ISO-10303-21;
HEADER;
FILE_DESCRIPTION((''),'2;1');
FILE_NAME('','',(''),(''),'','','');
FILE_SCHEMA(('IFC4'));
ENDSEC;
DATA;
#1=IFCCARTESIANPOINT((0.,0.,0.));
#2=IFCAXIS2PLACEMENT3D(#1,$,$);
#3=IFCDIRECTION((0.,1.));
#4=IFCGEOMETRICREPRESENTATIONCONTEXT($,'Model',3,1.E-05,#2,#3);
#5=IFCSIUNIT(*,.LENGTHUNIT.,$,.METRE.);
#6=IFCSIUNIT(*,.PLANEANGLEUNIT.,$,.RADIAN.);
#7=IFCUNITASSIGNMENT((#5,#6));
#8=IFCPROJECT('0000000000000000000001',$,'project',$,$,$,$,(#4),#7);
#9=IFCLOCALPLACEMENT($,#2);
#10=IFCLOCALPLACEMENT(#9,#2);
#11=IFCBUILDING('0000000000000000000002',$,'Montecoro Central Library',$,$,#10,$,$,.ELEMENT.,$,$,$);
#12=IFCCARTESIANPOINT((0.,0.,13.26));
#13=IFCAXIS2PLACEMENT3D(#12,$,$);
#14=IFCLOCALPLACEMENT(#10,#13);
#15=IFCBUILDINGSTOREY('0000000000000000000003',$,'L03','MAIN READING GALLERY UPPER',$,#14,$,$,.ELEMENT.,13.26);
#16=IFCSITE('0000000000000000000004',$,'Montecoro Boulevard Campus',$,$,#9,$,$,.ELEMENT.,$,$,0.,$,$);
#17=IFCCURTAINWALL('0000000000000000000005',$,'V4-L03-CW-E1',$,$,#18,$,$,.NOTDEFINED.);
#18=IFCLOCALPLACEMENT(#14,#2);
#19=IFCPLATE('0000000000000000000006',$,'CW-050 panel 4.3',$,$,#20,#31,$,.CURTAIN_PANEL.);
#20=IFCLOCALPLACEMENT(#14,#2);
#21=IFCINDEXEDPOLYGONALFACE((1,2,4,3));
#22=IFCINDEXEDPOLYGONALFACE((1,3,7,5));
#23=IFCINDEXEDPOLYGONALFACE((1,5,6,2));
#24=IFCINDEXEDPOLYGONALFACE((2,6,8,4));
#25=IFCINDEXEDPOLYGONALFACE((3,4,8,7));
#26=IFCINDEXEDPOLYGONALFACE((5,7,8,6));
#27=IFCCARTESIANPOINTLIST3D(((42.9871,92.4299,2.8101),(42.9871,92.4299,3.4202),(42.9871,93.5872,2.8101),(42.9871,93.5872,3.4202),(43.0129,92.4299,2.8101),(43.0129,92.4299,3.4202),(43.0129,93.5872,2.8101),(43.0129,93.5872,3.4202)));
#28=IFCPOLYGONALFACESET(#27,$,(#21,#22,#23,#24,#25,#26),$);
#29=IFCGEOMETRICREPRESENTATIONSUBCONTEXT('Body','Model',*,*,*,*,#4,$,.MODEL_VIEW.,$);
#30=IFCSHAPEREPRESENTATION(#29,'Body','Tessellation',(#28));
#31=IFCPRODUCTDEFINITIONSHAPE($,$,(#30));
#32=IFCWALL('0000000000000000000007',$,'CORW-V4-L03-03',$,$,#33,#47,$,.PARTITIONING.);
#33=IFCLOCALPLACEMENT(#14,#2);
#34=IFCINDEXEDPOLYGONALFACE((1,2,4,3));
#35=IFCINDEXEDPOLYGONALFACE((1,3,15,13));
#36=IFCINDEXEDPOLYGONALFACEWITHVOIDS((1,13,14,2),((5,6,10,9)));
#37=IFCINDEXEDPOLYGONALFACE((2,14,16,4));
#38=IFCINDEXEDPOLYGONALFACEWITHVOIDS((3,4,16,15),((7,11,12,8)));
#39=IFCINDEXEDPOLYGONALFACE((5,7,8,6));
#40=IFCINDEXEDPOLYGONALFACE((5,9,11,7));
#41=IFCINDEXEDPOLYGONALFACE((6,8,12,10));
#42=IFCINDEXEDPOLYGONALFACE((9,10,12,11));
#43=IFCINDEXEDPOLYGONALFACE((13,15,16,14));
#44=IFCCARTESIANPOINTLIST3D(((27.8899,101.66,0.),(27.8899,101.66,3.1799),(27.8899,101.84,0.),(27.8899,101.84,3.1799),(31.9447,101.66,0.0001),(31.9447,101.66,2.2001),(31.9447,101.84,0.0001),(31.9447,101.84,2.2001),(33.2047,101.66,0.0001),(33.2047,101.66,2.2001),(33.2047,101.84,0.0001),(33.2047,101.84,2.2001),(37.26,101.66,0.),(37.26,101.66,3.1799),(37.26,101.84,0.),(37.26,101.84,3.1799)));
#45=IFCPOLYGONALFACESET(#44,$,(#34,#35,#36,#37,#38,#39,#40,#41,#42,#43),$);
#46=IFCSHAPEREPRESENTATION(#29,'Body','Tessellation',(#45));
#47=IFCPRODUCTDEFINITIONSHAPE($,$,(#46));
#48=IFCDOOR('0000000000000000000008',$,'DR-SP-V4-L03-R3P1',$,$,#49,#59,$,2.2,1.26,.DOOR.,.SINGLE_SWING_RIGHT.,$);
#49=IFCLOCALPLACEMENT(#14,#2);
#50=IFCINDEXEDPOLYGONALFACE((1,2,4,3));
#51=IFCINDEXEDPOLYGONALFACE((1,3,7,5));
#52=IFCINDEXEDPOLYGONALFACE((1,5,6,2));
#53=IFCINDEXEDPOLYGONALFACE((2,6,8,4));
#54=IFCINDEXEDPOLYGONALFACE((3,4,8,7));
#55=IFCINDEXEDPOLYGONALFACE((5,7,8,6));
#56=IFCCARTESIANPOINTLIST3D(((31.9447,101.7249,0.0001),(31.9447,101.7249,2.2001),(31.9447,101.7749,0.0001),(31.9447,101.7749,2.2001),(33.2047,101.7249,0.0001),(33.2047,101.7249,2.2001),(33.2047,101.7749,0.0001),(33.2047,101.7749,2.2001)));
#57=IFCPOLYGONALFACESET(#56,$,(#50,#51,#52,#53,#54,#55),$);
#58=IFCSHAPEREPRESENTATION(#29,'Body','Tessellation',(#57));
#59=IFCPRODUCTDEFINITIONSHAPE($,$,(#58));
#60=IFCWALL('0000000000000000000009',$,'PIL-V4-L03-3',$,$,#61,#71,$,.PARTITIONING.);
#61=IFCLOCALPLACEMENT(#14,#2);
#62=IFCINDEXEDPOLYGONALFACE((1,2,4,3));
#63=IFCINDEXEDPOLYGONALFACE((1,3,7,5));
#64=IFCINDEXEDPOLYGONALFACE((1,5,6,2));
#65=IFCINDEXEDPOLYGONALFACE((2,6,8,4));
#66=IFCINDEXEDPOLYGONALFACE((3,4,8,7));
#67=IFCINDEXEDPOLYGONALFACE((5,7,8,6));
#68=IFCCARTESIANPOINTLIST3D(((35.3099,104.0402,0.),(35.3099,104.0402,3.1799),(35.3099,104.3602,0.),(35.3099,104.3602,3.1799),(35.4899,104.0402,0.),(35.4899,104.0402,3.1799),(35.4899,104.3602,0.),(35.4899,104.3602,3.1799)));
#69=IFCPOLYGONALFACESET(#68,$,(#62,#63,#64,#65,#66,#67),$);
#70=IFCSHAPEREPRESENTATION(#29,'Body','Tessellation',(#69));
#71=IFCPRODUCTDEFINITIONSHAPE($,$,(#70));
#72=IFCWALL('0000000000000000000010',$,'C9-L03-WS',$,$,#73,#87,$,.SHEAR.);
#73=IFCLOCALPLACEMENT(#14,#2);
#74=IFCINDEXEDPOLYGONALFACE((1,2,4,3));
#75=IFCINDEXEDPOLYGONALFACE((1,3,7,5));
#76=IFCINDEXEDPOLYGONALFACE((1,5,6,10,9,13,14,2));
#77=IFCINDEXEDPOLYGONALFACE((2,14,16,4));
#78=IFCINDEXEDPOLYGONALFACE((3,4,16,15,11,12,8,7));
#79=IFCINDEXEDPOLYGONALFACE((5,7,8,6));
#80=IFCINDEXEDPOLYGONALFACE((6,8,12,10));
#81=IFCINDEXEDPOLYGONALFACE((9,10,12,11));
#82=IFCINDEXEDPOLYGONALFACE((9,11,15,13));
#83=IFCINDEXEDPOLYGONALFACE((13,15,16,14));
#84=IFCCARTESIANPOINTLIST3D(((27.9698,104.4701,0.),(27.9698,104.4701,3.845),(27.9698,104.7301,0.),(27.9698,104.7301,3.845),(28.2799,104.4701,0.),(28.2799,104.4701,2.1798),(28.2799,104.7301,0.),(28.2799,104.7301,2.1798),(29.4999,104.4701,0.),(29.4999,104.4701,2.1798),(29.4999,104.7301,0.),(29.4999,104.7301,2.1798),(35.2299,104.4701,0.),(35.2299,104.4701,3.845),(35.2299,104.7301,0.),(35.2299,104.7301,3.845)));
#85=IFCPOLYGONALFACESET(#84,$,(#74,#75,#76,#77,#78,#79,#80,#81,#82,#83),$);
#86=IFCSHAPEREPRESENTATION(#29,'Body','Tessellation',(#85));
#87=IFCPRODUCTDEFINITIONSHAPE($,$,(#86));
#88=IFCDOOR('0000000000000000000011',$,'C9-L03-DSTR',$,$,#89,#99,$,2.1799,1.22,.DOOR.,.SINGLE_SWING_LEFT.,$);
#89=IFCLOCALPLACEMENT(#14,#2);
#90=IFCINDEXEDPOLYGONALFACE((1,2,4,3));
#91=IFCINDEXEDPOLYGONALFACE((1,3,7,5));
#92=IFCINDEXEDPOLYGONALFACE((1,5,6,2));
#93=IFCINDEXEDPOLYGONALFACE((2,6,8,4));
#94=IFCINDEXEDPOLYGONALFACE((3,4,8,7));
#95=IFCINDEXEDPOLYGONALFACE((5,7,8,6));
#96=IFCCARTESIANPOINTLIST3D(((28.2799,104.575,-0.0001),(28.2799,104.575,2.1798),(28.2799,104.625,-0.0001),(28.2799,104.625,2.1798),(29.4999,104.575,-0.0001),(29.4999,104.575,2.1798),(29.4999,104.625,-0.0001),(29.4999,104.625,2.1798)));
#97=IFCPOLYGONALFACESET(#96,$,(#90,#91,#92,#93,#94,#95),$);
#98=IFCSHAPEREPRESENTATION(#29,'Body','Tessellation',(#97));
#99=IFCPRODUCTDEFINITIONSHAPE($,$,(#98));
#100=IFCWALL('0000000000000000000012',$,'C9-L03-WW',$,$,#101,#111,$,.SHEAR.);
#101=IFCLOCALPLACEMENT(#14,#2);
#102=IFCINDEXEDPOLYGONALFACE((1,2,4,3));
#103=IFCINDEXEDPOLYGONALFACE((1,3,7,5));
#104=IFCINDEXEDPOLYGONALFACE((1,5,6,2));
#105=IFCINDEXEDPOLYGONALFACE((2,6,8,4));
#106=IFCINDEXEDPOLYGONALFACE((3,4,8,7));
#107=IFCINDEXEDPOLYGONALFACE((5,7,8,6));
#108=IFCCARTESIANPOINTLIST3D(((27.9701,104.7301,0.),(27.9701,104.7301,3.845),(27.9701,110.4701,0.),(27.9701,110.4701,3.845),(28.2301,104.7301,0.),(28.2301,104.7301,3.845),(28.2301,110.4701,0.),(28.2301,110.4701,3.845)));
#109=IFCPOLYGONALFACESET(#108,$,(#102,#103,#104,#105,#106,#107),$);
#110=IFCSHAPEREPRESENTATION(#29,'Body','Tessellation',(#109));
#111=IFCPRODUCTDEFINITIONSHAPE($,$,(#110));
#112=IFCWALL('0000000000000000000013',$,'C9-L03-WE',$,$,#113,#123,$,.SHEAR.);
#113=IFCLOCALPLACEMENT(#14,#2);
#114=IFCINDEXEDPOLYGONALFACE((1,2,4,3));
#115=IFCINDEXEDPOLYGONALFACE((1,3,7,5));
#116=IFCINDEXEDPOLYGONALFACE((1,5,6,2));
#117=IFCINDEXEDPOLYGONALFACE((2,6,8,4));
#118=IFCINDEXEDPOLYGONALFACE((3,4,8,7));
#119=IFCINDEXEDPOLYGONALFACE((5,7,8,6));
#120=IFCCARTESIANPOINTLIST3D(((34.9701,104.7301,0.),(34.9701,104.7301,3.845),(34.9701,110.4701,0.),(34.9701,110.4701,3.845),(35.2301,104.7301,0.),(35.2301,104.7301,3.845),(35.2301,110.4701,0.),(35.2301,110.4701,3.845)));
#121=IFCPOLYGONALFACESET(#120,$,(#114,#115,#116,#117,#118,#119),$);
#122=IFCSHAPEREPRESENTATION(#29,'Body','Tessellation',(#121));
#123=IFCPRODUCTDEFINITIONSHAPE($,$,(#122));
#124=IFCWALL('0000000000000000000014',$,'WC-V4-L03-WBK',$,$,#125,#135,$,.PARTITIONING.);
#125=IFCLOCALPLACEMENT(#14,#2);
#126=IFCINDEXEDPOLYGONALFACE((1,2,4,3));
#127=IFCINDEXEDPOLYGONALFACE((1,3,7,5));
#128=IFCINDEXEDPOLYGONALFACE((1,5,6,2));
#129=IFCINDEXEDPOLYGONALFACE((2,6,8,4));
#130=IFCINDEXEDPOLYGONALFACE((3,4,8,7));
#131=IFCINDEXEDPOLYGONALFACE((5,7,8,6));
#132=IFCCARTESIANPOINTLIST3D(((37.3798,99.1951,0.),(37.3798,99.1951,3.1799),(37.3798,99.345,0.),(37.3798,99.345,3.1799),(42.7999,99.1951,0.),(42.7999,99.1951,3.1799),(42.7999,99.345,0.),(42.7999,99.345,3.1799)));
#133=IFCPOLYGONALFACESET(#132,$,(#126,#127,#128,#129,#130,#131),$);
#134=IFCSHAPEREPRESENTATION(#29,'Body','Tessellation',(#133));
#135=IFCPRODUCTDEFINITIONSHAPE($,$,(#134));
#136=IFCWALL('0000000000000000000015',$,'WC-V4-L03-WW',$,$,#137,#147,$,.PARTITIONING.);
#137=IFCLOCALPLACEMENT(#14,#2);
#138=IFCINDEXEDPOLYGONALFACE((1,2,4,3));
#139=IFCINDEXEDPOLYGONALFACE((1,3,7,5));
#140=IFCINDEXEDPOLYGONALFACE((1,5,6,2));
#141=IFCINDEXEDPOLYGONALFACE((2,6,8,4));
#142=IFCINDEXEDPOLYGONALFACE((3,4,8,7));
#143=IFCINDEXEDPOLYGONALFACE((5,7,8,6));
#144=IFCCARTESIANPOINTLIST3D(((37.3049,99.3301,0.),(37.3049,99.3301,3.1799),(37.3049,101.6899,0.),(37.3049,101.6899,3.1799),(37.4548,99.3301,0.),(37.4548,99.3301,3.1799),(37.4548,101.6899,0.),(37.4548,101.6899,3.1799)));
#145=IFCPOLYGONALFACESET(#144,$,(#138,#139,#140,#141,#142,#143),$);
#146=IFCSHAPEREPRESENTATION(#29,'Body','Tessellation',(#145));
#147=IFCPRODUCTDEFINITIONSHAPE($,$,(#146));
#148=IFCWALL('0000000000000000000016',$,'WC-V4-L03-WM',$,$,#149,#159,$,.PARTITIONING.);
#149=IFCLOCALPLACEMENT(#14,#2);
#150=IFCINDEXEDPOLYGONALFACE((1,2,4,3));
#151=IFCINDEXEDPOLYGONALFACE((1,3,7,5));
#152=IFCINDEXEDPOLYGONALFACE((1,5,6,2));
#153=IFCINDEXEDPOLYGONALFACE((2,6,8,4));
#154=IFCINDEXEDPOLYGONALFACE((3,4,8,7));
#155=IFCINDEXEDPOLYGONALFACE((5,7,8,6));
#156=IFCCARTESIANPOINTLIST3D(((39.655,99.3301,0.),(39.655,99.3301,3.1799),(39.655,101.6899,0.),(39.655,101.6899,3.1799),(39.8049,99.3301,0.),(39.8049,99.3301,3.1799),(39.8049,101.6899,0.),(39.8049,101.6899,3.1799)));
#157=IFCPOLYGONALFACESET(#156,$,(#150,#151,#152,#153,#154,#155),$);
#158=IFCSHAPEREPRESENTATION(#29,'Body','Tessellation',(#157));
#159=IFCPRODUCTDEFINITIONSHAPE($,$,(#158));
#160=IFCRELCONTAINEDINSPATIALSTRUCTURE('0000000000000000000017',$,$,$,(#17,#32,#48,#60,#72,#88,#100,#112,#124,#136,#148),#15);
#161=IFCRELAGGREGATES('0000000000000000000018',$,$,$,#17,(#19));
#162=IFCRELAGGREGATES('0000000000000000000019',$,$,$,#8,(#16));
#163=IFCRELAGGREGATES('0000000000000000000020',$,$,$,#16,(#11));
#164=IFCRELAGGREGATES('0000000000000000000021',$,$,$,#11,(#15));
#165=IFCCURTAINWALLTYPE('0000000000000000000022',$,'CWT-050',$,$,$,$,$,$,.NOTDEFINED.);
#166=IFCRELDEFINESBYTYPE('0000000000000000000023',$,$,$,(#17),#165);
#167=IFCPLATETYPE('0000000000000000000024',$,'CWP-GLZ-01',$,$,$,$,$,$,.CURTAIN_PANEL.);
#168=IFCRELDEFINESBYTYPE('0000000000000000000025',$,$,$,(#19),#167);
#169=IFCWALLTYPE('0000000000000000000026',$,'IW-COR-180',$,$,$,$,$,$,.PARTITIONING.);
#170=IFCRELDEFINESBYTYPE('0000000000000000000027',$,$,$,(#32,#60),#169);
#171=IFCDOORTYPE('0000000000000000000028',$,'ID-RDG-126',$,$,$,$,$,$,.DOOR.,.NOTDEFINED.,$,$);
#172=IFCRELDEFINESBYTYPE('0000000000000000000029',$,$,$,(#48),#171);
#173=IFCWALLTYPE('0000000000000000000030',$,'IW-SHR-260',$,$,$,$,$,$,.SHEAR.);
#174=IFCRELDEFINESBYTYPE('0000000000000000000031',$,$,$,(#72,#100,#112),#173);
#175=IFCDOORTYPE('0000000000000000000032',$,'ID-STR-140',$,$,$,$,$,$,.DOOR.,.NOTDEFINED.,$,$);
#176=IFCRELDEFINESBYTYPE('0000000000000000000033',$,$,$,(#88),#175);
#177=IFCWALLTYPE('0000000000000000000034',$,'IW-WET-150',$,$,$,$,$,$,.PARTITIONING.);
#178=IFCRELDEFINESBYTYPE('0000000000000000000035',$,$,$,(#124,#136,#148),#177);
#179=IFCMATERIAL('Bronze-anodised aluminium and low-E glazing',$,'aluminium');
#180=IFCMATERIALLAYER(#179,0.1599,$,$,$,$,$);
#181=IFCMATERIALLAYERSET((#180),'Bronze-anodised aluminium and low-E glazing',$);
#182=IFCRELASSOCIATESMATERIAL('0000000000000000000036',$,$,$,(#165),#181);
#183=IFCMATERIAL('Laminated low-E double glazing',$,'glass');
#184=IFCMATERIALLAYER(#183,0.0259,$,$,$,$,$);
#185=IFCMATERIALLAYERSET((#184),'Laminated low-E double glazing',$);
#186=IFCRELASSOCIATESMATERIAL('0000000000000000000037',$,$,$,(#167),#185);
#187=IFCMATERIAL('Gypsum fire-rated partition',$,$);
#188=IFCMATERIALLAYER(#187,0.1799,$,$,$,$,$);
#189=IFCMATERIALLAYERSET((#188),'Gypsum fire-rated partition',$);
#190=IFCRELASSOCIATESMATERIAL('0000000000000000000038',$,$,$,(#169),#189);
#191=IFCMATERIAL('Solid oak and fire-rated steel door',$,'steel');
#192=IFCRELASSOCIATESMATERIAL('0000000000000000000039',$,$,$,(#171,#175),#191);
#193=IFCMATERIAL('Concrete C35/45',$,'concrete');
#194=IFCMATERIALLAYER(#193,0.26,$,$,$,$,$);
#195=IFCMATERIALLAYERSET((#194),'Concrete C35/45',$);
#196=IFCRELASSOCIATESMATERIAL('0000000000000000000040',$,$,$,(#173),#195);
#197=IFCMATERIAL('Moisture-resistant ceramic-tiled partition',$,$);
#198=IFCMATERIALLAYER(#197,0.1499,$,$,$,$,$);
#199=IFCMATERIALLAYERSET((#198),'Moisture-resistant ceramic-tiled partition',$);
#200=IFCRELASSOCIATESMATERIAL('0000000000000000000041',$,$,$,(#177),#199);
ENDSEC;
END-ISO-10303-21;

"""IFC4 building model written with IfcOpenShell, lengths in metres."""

from ifc_helpers import new_model, si_unit, direction, frame, frame_2d, origin, origin_2d, place, context, subcontext, project, spatial, rectangle, extrude, material, layer, layer_set, type_object, element, fill, aggregate, save


model = new_model("IFC4")

# Units and contexts
model_context = context("Model", 3, precision=1e-05, world=origin(), true_north=direction((0.0, 1.0)))
body_context = subcontext(model_context, "Body", "Model", "MODEL_VIEW")
ifc_project = project(units=[si_unit("LENGTHUNIT", "METRE"), si_unit("PLANEANGLEUNIT", "RADIAN")], contexts=[model_context])

# Site, building, storey
site_placement = place(None, origin())
site = spatial("IfcSite", under=ifc_project, at=site_placement, Name="Montecoro Boulevard Campus", CompositionType="ELEMENT", RefElevation=0.0)
building_placement = place(site_placement, origin())
building = spatial("IfcBuilding", under=site, at=building_placement, Name="Montecoro Central Library", CompositionType="ELEMENT")
storey_placement = place(building_placement, frame((0.0, 0.0, 13.26)))
storey = spatial("IfcBuildingStorey", under=building, at=storey_placement, Name="L03", Description="MAIN READING GALLERY UPPER", CompositionType="ELEMENT", Elevation=13.26)

# Shared definitions
ifc_material_1 = material(Name="Concrete C35/45", Category="concrete")

# Curtain wall, plate
ifc_material_2 = material(Name="Bronze-anodised aluminium and low-E glazing", Category="aluminium")
ifc_layer_1 = layer(ifc_material_2, 0.1599)
ifc_layer_set_1 = layer_set([ifc_layer_1], Name="Bronze-anodised aluminium and low-E glazing")
curtain_wall_type = type_object("IfcCurtainWallType", Name="CWT-050", PredefinedType="NOTDEFINED", material=ifc_layer_set_1)
curtain_wall_placement = place(storey_placement, origin())
curtain_wall = element("IfcCurtainWall", 1, at=curtain_wall_placement, inside=storey, type_object=curtain_wall_type, Name="V4-L03-CW-E1", PredefinedType="NOTDEFINED")
ifc_material_3 = material(Name="Laminated low-E double glazing", Category="glass")
ifc_layer_2 = layer(ifc_material_3, 0.0259)
ifc_layer_set_2 = layer_set([ifc_layer_2], Name="Laminated low-E double glazing")
plate_type = type_object("IfcPlateType", Name="CWP-GLZ-01", PredefinedType="CURTAIN_PANEL", material=ifc_layer_set_2)
plate_1_placement = place(storey_placement, frame((43.0, 93.0085, 2.8101), z_axis=(0.0, 0.0, 1.0), x_axis=(0.0, 1.0, 0.0)))
plate_1 = element("IfcPlate", 2, at=plate_1_placement, type_object=plate_type, Name="CW-050 panel 4.3", PredefinedType="CURTAIN_PANEL", context=body_context, shape_type="SweptSolid", body=[
    extrude(rectangle(XDim=1.1572, YDim=0.0259, at=origin_2d()), origin(), (0.0, 0.0, 1.0), 0.6101),
])
aggregate(curtain_wall, [plate_1])

# Wall, opening, door
ifc_material_4 = material(Name="Gypsum fire-rated partition")
ifc_layer_3 = layer(ifc_material_4, 0.1799)
ifc_layer_set_3 = layer_set([ifc_layer_3], Name="Gypsum fire-rated partition")
wall_type_1 = type_object("IfcWallType", Name="IW-COR-180", PredefinedType="PARTITIONING", material=ifc_layer_set_3)
wall_1_placement = place(storey_placement, frame((27.8899, 101.75, 0.0), z_axis=(0.0, 0.0, 1.0), x_axis=(1.0, 0.0, 0.0)))
wall_1 = element("IfcWall", 3, at=wall_1_placement, inside=storey, type_object=wall_type_1, Name="CORW-V4-L03-03", PredefinedType="PARTITIONING", context=body_context, shape_type="SweptSolid", body=[
    extrude(rectangle(XDim=9.3701, YDim=0.1799, at=frame_2d((4.6851, 0.0))), origin(), (0.0, 0.0, 1.0), 3.1799),
])
opening_1_placement = place(wall_1_placement, frame((4.0549, 0.0, 0.0)))
opening_1 = element("IfcOpeningElement", 4, at=opening_1_placement, cuts=wall_1, PredefinedType="OPENING", context=body_context, shape_type="SweptSolid", body=[
    extrude(rectangle(XDim=1.26, YDim=2.2, at=frame_2d((0.6299, 1.1001))), frame((0.0, 0.0999, 0.0), z_axis=(0.0, -1.0, 0.0), x_axis=(1.0, 0.0, 0.0)), (0.0, 0.0, 1.0), 0.2),
])
ifc_material_5 = material(Name="Solid oak and fire-rated steel door", Category="steel")
door_type_1 = type_object("IfcDoorType", Name="ID-RDG-126", OperationType="NOTDEFINED", PredefinedType="DOOR", material=ifc_material_5)
door_1_placement = place(opening_1_placement, origin())
door_1 = element("IfcDoor", 5, at=door_1_placement, inside=storey, type_object=door_type_1, Name="DR-SP-V4-L03-R3P1", OperationType="SINGLE_SWING_RIGHT", OverallHeight=2.2, OverallWidth=1.26, PredefinedType="DOOR", context=body_context, shape_type="SweptSolid", body=[
    extrude(rectangle(XDim=1.26, YDim=2.2, at=frame_2d((0.6299, 1.1001))), frame((0.0, 0.0249, 0.0), z_axis=(0.0, -1.0, 0.0), x_axis=(1.0, 0.0, 0.0)), (0.0, 0.0, 1.0), 0.05),
])
fill(opening_1, door_1)

# Wall
wall_2_placement = place(storey_placement, frame((35.3999, 104.04, 0.0), z_axis=(0.0, 0.0, 1.0), x_axis=(0.0, 1.0, 0.0)))
element("IfcWall", 6, at=wall_2_placement, inside=storey, type_object=wall_type_1, Name="PIL-V4-L03-3", PredefinedType="PARTITIONING", context=body_context, shape_type="SweptSolid", body=[
    extrude(rectangle(XDim=0.3201, YDim=0.1799, at=frame_2d((0.1602, 0.0))), origin(), (0.0, 0.0, 1.0), 3.1799),
])

# Wall, opening, door
ifc_layer_4 = layer(ifc_material_1, 0.26)
ifc_layer_set_4 = layer_set([ifc_layer_4], Name="Concrete C35/45")
wall_type_2 = type_object("IfcWallType", Name="IW-SHR-260", PredefinedType="SHEAR", material=ifc_layer_set_4)
wall_3_placement = place(storey_placement, frame((27.97, 104.6001, 0.0), z_axis=(0.0, 0.0, 1.0), x_axis=(1.0, 0.0, 0.0)))
wall_3 = element("IfcWall", 7, at=wall_3_placement, inside=storey, type_object=wall_type_2, Name="C9-L03-WS", PredefinedType="SHEAR", context=body_context, shape_type="SweptSolid", body=[
    extrude(rectangle(XDim=7.26, YDim=0.26, at=frame_2d((3.6299, 0.0))), origin(), (0.0, 0.0, 1.0), 3.845),
])
opening_2_placement = place(wall_3_placement, frame((0.3101, 0.0, 0.0)))
opening_2 = element("IfcOpeningElement", 8, at=opening_2_placement, cuts=wall_3, PredefinedType="OPENING", context=body_context, shape_type="SweptSolid", body=[
    extrude(rectangle(XDim=1.22, YDim=2.1799, at=frame_2d((0.6099, 1.0898))), frame((0.0, 0.1399, 0.0), z_axis=(0.0, -1.0, 0.0), x_axis=(1.0, 0.0, 0.0)), (0.0, 0.0, 1.0), 0.28),
])
door_type_2 = type_object("IfcDoorType", Name="ID-STR-140", OperationType="NOTDEFINED", PredefinedType="DOOR", material=ifc_material_5)
door_2_placement = place(opening_2_placement, origin())
door_2 = element("IfcDoor", 9, at=door_2_placement, inside=storey, type_object=door_type_2, Name="C9-L03-DSTR", OperationType="SINGLE_SWING_LEFT", OverallHeight=2.1799, OverallWidth=1.22, PredefinedType="DOOR", context=body_context, shape_type="SweptSolid", body=[
    extrude(rectangle(XDim=1.22, YDim=2.1799, at=frame_2d((0.6099, 1.0898))), frame((0.0, 0.0249, 0.0), z_axis=(0.0, -1.0, 0.0), x_axis=(1.0, 0.0, 0.0)), (0.0, 0.0, 1.0), 0.05),
])
fill(opening_2, door_2)

# Walls
for number, where, z_axis, x_axis, name in (
    (10, (28.1001, 104.73, 0.0), (0.0, 0.0, 1.0), (0.0, 1.0, 0.0), "C9-L03-WW"),
    (11, (35.1001, 104.73, 0.0), (0.0, 0.0, 1.0), (0.0, 1.0, 0.0), "C9-L03-WE"),
):
    element("IfcWall", number, at=place(storey_placement, frame(where, z_axis=z_axis, x_axis=x_axis)), inside=storey, type_object=wall_type_2, Name=name, PredefinedType="SHEAR", context=body_context, shape_type="SweptSolid", body=[
        extrude(rectangle(XDim=5.74, YDim=0.26, at=frame_2d((2.8701, 0.0))), origin(), (0.0, 0.0, 1.0), 3.845),
    ])
ifc_material_6 = material(Name="Moisture-resistant ceramic-tiled partition")
ifc_layer_5 = layer(ifc_material_6, 0.1499)
ifc_layer_set_5 = layer_set([ifc_layer_5], Name="Moisture-resistant ceramic-tiled partition")
wall_type_3 = type_object("IfcWallType", Name="IW-WET-150", PredefinedType="PARTITIONING", material=ifc_layer_set_5)
wall_4_placement = place(storey_placement, frame((37.3799, 99.27, 0.0), z_axis=(0.0, 0.0, 1.0), x_axis=(1.0, 0.0, 0.0)))
element("IfcWall", 12, at=wall_4_placement, inside=storey, type_object=wall_type_3, Name="WC-V4-L03-WBK", PredefinedType="PARTITIONING", context=body_context, shape_type="SweptSolid", body=[
    extrude(rectangle(XDim=5.4202, YDim=0.1499, at=frame_2d((2.71, 0.0))), origin(), (0.0, 0.0, 1.0), 3.1799),
])
for number, where, z_axis, x_axis, name in (
    (13, (37.3799, 99.3301, 0.0), (0.0, 0.0, 1.0), (0.0, 1.0, 0.0), "WC-V4-L03-WW"),
    (14, (39.73, 99.3301, 0.0), (0.0, 0.0, 1.0), (0.0, 1.0, 0.0), "WC-V4-L03-WM"),
):
    element("IfcWall", number, at=place(storey_placement, frame(where, z_axis=z_axis, x_axis=x_axis)), inside=storey, type_object=wall_type_3, Name=name, PredefinedType="PARTITIONING", context=body_context, shape_type="SweptSolid", body=[
        extrude(rectangle(XDim=2.3599, YDim=0.1499, at=frame_2d((1.1799, 0.0))), origin(), (0.0, 0.0, 1.0), 3.1799),
    ])

save(model, "model.ifc")
